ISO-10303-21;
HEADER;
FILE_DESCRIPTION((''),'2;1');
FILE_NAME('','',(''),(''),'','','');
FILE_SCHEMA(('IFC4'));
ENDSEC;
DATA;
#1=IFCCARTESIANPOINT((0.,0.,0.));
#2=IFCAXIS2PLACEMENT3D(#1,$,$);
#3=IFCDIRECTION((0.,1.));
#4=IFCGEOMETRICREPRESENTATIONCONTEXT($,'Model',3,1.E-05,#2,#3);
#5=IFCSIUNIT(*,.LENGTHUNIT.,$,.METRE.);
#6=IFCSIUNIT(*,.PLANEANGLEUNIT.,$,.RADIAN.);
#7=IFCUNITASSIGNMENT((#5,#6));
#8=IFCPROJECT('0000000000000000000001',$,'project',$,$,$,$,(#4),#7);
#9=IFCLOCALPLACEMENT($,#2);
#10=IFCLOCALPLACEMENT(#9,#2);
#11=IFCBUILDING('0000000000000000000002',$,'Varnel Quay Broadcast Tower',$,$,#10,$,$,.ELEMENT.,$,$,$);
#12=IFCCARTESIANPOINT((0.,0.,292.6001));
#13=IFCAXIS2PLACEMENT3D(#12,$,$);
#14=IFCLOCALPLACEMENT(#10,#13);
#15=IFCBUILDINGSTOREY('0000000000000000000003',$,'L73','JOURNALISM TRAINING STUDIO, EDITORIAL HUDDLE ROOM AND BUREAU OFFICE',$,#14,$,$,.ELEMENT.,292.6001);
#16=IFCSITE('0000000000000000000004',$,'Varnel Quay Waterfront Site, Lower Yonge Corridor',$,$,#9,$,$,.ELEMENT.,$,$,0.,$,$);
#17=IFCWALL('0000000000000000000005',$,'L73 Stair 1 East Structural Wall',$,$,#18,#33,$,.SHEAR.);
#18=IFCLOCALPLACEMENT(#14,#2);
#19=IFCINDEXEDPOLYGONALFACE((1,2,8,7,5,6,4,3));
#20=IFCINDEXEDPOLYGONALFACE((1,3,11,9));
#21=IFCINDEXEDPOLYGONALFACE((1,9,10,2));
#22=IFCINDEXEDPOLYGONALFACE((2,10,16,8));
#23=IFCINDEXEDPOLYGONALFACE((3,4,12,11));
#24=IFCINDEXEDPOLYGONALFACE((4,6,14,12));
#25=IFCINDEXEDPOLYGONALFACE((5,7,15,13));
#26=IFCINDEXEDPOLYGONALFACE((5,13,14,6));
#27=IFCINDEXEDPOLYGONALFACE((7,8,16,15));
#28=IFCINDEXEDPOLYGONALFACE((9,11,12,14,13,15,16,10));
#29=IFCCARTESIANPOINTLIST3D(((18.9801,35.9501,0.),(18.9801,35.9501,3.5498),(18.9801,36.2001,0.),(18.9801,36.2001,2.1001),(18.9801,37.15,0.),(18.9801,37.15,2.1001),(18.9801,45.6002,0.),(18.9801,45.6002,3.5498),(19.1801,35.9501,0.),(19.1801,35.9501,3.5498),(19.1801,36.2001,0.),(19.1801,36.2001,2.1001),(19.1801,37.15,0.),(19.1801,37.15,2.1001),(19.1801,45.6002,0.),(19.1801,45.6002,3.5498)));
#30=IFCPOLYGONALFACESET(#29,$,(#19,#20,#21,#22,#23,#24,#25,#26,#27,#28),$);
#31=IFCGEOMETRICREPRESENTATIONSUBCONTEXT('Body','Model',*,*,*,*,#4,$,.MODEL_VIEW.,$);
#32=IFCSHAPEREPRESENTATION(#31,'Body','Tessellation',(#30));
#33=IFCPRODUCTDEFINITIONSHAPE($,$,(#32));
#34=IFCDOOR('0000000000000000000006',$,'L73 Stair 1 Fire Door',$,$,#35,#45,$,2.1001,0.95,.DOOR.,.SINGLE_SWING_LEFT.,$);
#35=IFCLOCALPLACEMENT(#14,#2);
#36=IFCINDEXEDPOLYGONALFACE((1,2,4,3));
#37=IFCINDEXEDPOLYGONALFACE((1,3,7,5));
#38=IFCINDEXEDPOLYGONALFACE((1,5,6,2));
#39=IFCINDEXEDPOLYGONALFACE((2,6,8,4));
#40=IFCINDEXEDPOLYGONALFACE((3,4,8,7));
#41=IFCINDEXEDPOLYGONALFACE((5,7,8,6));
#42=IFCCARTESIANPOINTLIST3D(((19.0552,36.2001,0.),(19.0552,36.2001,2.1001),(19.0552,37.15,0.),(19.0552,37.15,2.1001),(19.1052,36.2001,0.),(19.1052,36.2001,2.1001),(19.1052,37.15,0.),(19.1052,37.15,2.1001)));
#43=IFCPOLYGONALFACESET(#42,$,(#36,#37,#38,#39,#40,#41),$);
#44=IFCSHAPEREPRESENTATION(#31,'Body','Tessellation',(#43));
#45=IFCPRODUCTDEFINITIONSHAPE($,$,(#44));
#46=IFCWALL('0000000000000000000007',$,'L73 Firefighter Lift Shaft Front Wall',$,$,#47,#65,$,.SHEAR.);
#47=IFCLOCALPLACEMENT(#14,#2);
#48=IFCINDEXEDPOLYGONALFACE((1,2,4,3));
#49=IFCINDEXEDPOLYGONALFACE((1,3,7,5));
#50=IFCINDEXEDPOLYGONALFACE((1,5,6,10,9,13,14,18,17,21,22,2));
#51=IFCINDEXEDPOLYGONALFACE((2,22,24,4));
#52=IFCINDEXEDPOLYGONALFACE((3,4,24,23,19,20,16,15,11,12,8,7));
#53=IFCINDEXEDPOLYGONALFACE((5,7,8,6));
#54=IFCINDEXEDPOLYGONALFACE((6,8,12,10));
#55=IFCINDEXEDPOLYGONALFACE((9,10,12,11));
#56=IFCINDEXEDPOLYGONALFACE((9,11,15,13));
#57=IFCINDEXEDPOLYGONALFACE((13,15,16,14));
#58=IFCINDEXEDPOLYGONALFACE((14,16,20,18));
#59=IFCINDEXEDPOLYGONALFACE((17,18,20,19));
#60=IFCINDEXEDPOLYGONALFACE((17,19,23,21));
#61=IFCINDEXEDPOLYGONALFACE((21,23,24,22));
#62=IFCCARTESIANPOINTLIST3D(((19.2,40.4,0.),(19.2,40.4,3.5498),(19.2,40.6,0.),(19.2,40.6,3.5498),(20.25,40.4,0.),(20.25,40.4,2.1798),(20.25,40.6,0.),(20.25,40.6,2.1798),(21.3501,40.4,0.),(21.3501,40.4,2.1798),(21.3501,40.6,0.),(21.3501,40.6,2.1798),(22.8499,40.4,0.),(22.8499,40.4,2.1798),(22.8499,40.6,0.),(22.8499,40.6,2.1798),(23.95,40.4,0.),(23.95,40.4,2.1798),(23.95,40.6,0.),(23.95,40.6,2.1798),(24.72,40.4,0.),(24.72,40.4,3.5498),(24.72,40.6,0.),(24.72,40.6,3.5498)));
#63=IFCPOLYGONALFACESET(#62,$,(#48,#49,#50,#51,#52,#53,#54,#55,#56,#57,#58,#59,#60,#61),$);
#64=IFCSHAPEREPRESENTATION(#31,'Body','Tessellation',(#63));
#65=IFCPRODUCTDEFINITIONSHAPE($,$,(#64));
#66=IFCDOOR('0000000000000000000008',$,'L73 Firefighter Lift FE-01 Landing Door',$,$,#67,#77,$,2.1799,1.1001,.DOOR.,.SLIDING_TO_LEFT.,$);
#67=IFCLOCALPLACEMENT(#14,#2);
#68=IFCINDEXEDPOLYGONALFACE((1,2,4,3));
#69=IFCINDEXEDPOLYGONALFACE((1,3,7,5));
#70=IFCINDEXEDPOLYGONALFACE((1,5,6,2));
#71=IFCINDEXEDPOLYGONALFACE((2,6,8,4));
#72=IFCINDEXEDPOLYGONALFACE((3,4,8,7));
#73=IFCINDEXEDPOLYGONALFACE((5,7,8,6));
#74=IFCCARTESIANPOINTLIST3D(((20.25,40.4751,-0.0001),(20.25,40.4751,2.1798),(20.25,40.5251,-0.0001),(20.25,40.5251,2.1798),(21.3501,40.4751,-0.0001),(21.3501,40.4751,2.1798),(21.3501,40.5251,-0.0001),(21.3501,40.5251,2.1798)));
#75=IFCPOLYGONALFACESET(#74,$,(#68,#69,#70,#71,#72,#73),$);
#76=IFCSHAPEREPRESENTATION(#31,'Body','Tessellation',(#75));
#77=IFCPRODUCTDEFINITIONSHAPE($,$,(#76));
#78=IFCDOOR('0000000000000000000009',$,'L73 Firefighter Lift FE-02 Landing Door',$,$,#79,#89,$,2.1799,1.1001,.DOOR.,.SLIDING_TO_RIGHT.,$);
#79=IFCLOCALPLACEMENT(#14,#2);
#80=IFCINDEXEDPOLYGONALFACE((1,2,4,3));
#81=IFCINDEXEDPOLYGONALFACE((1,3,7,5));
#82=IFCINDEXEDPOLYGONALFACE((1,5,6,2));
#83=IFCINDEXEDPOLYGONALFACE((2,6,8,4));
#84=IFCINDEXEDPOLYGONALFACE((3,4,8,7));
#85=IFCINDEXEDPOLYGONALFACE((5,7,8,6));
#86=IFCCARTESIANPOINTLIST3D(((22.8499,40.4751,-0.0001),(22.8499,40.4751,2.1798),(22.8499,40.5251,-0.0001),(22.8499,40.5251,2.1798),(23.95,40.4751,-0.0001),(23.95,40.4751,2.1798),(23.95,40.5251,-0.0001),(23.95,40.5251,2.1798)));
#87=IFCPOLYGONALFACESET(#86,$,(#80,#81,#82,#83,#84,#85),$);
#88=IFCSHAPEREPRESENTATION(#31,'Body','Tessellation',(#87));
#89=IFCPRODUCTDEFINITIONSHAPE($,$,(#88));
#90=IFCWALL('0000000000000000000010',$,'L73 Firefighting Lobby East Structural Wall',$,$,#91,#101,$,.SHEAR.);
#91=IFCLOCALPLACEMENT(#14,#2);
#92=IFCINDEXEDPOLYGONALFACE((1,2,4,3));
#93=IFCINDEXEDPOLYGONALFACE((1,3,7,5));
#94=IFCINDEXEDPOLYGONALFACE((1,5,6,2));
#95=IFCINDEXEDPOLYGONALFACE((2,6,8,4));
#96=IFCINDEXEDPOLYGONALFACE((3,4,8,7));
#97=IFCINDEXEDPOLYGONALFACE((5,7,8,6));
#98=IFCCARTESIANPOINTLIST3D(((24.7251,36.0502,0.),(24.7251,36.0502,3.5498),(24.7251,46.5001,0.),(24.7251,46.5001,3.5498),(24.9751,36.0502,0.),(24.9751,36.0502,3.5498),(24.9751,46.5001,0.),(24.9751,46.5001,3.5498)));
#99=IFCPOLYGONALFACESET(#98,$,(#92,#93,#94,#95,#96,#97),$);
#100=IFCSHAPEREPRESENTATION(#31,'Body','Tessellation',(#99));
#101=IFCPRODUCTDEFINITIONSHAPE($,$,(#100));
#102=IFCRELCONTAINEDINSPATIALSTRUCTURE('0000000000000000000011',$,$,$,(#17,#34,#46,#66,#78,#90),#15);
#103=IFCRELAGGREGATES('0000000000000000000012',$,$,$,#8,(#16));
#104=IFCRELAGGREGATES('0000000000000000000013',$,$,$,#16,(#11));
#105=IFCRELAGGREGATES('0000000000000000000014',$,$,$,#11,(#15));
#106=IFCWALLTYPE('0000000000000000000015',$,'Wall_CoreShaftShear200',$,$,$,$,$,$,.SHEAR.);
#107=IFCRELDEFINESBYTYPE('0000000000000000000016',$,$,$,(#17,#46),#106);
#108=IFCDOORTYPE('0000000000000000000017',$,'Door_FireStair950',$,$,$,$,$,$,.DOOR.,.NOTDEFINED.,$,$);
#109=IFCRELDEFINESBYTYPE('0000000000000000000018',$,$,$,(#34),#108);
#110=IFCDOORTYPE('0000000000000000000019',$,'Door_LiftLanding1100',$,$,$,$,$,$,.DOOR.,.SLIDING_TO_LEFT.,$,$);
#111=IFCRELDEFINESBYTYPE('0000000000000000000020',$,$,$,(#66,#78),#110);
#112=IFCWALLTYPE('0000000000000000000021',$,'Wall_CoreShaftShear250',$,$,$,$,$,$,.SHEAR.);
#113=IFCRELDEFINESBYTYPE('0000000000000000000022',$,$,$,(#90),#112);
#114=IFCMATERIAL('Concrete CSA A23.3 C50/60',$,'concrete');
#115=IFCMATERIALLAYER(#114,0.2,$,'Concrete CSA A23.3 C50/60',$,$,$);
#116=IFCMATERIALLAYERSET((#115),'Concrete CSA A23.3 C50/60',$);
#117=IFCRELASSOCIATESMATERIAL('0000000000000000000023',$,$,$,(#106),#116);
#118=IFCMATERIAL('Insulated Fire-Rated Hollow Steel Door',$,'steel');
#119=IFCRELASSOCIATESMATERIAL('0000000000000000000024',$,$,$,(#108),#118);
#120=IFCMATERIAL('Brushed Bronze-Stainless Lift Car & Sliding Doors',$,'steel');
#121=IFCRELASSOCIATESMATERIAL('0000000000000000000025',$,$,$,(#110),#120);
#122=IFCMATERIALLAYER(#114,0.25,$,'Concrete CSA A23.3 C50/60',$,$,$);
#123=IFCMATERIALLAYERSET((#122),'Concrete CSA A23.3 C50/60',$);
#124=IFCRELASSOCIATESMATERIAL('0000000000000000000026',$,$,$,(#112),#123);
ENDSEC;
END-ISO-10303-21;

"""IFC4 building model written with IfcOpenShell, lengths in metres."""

from ifc_helpers import new_model, si_unit, direction, frame, frame_2d, origin, place, context, subcontext, project, spatial, rectangle, extrude, source, transform, mapped, material, layer, layer_set, type_object, type_shapes, element, fill, save


model = new_model("IFC4")

# Units and contexts
model_context = context("Model", 3, precision=1e-05, world=origin(), true_north=direction((0.0, 1.0)))
body_context = subcontext(model_context, "Body", "Model", "MODEL_VIEW")
ifc_project = project(units=[si_unit("LENGTHUNIT", "METRE"), si_unit("PLANEANGLEUNIT", "RADIAN")], contexts=[model_context])

# Site, building, storey
site_placement = place(None, origin())
site = spatial("IfcSite", under=ifc_project, at=site_placement, Name="Varnel Quay Waterfront Site, Lower Yonge Corridor", CompositionType="ELEMENT", RefElevation=0.0)
building_placement = place(site_placement, origin())
building = spatial("IfcBuilding", under=site, at=building_placement, Name="Varnel Quay Broadcast Tower", CompositionType="ELEMENT")
storey_placement = place(building_placement, frame((0.0, 0.0, 292.6001)))
storey = spatial("IfcBuildingStorey", under=building, at=storey_placement, Name="L73", Description="JOURNALISM TRAINING STUDIO, EDITORIAL HUDDLE ROOM AND BUREAU OFFICE", CompositionType="ELEMENT", Elevation=292.6001)

# Wall, opening, door
ifc_material_1 = material(Name="Concrete CSA A23.3 C50/60", Category="concrete")
ifc_layer_1 = layer(ifc_material_1, 0.2, Name="Concrete CSA A23.3 C50/60")
ifc_layer_set_1 = layer_set([ifc_layer_1], Name="Concrete CSA A23.3 C50/60")
wall_type_1 = type_object("IfcWallType", Name="Wall_CoreShaftShear200", PredefinedType="SHEAR", material=ifc_layer_set_1)
wall_1_placement = place(storey_placement, frame((19.0801, 35.95, 0.0), z_axis=(0.0, 0.0, 1.0), x_axis=(0.0, 1.0, 0.0)))
wall_1 = element("IfcWall", 1, at=wall_1_placement, inside=storey, type_object=wall_type_1, Name="L73 Stair 1 East Structural Wall", PredefinedType="SHEAR", context=body_context, shape_type="SweptSolid", body=[
    extrude(rectangle(XDim=9.6501, YDim=0.2, at=frame_2d((4.8252, 0.0))), origin(), (0.0, 0.0, 1.0), 3.5498),
])
opening_1_placement = place(wall_1_placement, frame((0.25, 0.0, 0.0)))
opening_1 = element("IfcOpeningElement", 2, at=opening_1_placement, cuts=wall_1, PredefinedType="OPENING", context=body_context, shape_type="SweptSolid", body=[
    extrude(rectangle(XDim=0.95, YDim=2.1001, at=frame_2d((0.4751, 1.05))), frame((0.0, 0.1099, 0.0), z_axis=(0.0, -1.0, 0.0), x_axis=(1.0, 0.0, 0.0)), (0.0, 0.0, 1.0), 0.22),
])
ifc_material_2 = material(Name="Insulated Fire-Rated Hollow Steel Door", Category="steel")
door_type_1 = type_object("IfcDoorType", Name="Door_FireStair950", OperationType="NOTDEFINED", PredefinedType="DOOR", material=ifc_material_2)
shared_shape_1 = source(origin(), body_context, "Body", "SweptSolid", [
    extrude(rectangle(XDim=0.95, YDim=2.1001, at=frame_2d((0.4751, 1.05))), frame((0.0, 0.0249, 0.0), z_axis=(0.0, -1.0, 0.0), x_axis=(1.0, 0.0, 0.0)), (0.0, 0.0, 1.0), 0.05),
])
type_shapes(door_type_1, [shared_shape_1])
door_1_placement = place(opening_1_placement, origin())
door_1 = element("IfcDoor", 3, at=door_1_placement, inside=storey, type_object=door_type_1, Name="L73 Stair 1 Fire Door", OperationType="SINGLE_SWING_LEFT", OverallHeight=2.1001, OverallWidth=0.95, PredefinedType="DOOR", context=body_context, shape_type="MappedRepresentation", body=[
    mapped(shared_shape_1, transform((0.0, 0.0, 0.0), x_axis=(1.0, 0.0, 0.0), y_axis=(0.0, 1.0, 0.0), z_axis=(0.0, 0.0, 1.0), scale=1.0)),
])
fill(opening_1, door_1)

# Wall, openings, doors
wall_2_placement = place(storey_placement, frame((19.2, 40.5, 0.0), z_axis=(0.0, 0.0, 1.0), x_axis=(1.0, 0.0, 0.0)))
wall_2 = element("IfcWall", 4, at=wall_2_placement, inside=storey, type_object=wall_type_1, Name="L73 Firefighter Lift Shaft Front Wall", PredefinedType="SHEAR", context=body_context, shape_type="SweptSolid", body=[
    extrude(rectangle(XDim=5.52, YDim=0.2, at=frame_2d((2.76, 0.0))), origin(), (0.0, 0.0, 1.0), 3.5498),
])
opening_2_placement = place(wall_2_placement, frame((1.05, 0.0, 0.0)))
opening_2 = element("IfcOpeningElement", 5, at=opening_2_placement, cuts=wall_2, PredefinedType="OPENING", context=body_context, shape_type="SweptSolid", body=[
    extrude(rectangle(XDim=1.1001, YDim=2.1799, at=frame_2d((0.55, 1.0898))), frame((0.0, 0.1099, 0.0), z_axis=(0.0, -1.0, 0.0), x_axis=(1.0, 0.0, 0.0)), (0.0, 0.0, 1.0), 0.22),
])
opening_3_placement = place(wall_2_placement, frame((3.6499, 0.0, 0.0)))
opening_3 = element("IfcOpeningElement", 6, at=opening_3_placement, cuts=wall_2, PredefinedType="OPENING", context=body_context, shape_type="SweptSolid", body=[
    extrude(rectangle(XDim=1.1001, YDim=2.1799, at=frame_2d((0.55, 1.0898))), frame((0.0, 0.1099, 0.0), z_axis=(0.0, -1.0, 0.0), x_axis=(1.0, 0.0, 0.0)), (0.0, 0.0, 1.0), 0.22),
])
ifc_material_3 = material(Name="Brushed Bronze-Stainless Lift Car & Sliding Doors", Category="steel")
door_type_2 = type_object("IfcDoorType", Name="Door_LiftLanding1100", OperationType="SLIDING_TO_LEFT", PredefinedType="DOOR", material=ifc_material_3)
shared_shape_2 = source(origin(), body_context, "Body", "SweptSolid", [
    extrude(rectangle(XDim=1.1001, YDim=2.1799, at=frame_2d((0.55, 1.0898))), frame((0.0, 0.0249, 0.0), z_axis=(0.0, -1.0, 0.0), x_axis=(1.0, 0.0, 0.0)), (0.0, 0.0, 1.0), 0.05),
])
type_shapes(door_type_2, [shared_shape_2])
door_2_placement = place(opening_2_placement, frame((1.1001, 0.0, 0.0), z_axis=(0.0, 0.0, 1.0), x_axis=(-1.0, 0.0, 0.0)))
door_2 = element("IfcDoor", 7, at=door_2_placement, inside=storey, type_object=door_type_2, Name="L73 Firefighter Lift FE-01 Landing Door", OperationType="SLIDING_TO_LEFT", OverallHeight=2.1799, OverallWidth=1.1001, PredefinedType="DOOR", context=body_context, shape_type="MappedRepresentation", body=[
    mapped(shared_shape_2, transform((0.0, 0.0, 0.0), x_axis=(1.0, 0.0, 0.0), y_axis=(0.0, 1.0, 0.0), z_axis=(0.0, 0.0, 1.0), scale=1.0)),
])
fill(opening_2, door_2)
door_3_placement = place(opening_3_placement, frame((1.1001, 0.0, 0.0), z_axis=(0.0, 0.0, 1.0), x_axis=(-1.0, 0.0, 0.0)))
door_3 = element("IfcDoor", 8, at=door_3_placement, inside=storey, type_object=door_type_2, Name="L73 Firefighter Lift FE-02 Landing Door", OperationType="SLIDING_TO_RIGHT", OverallHeight=2.1799, OverallWidth=1.1001, PredefinedType="DOOR", context=body_context, shape_type="MappedRepresentation", body=[
    mapped(shared_shape_2, transform((0.0, 0.0, 0.0), x_axis=(1.0, 0.0, 0.0), y_axis=(0.0, 1.0, 0.0), z_axis=(0.0, 0.0, 1.0), scale=1.0)),
])
fill(opening_3, door_3)

# Wall
ifc_layer_2 = layer(ifc_material_1, 0.25, Name="Concrete CSA A23.3 C50/60")
ifc_layer_set_2 = layer_set([ifc_layer_2], Name="Concrete CSA A23.3 C50/60")
wall_type_2 = type_object("IfcWallType", Name="Wall_CoreShaftShear250", PredefinedType="SHEAR", material=ifc_layer_set_2)
wall_3_placement = place(storey_placement, frame((24.8501, 36.05, 0.0), z_axis=(0.0, 0.0, 1.0), x_axis=(0.0, 1.0, 0.0)))
element("IfcWall", 9, at=wall_3_placement, inside=storey, type_object=wall_type_2, Name="L73 Firefighting Lobby East Structural Wall", PredefinedType="SHEAR", context=body_context, shape_type="SweptSolid", body=[
    extrude(rectangle(XDim=10.45, YDim=0.25, at=frame_2d((5.2251, 0.0))), origin(), (0.0, 0.0, 1.0), 3.5498),
])

save(model, "model.ifc")
